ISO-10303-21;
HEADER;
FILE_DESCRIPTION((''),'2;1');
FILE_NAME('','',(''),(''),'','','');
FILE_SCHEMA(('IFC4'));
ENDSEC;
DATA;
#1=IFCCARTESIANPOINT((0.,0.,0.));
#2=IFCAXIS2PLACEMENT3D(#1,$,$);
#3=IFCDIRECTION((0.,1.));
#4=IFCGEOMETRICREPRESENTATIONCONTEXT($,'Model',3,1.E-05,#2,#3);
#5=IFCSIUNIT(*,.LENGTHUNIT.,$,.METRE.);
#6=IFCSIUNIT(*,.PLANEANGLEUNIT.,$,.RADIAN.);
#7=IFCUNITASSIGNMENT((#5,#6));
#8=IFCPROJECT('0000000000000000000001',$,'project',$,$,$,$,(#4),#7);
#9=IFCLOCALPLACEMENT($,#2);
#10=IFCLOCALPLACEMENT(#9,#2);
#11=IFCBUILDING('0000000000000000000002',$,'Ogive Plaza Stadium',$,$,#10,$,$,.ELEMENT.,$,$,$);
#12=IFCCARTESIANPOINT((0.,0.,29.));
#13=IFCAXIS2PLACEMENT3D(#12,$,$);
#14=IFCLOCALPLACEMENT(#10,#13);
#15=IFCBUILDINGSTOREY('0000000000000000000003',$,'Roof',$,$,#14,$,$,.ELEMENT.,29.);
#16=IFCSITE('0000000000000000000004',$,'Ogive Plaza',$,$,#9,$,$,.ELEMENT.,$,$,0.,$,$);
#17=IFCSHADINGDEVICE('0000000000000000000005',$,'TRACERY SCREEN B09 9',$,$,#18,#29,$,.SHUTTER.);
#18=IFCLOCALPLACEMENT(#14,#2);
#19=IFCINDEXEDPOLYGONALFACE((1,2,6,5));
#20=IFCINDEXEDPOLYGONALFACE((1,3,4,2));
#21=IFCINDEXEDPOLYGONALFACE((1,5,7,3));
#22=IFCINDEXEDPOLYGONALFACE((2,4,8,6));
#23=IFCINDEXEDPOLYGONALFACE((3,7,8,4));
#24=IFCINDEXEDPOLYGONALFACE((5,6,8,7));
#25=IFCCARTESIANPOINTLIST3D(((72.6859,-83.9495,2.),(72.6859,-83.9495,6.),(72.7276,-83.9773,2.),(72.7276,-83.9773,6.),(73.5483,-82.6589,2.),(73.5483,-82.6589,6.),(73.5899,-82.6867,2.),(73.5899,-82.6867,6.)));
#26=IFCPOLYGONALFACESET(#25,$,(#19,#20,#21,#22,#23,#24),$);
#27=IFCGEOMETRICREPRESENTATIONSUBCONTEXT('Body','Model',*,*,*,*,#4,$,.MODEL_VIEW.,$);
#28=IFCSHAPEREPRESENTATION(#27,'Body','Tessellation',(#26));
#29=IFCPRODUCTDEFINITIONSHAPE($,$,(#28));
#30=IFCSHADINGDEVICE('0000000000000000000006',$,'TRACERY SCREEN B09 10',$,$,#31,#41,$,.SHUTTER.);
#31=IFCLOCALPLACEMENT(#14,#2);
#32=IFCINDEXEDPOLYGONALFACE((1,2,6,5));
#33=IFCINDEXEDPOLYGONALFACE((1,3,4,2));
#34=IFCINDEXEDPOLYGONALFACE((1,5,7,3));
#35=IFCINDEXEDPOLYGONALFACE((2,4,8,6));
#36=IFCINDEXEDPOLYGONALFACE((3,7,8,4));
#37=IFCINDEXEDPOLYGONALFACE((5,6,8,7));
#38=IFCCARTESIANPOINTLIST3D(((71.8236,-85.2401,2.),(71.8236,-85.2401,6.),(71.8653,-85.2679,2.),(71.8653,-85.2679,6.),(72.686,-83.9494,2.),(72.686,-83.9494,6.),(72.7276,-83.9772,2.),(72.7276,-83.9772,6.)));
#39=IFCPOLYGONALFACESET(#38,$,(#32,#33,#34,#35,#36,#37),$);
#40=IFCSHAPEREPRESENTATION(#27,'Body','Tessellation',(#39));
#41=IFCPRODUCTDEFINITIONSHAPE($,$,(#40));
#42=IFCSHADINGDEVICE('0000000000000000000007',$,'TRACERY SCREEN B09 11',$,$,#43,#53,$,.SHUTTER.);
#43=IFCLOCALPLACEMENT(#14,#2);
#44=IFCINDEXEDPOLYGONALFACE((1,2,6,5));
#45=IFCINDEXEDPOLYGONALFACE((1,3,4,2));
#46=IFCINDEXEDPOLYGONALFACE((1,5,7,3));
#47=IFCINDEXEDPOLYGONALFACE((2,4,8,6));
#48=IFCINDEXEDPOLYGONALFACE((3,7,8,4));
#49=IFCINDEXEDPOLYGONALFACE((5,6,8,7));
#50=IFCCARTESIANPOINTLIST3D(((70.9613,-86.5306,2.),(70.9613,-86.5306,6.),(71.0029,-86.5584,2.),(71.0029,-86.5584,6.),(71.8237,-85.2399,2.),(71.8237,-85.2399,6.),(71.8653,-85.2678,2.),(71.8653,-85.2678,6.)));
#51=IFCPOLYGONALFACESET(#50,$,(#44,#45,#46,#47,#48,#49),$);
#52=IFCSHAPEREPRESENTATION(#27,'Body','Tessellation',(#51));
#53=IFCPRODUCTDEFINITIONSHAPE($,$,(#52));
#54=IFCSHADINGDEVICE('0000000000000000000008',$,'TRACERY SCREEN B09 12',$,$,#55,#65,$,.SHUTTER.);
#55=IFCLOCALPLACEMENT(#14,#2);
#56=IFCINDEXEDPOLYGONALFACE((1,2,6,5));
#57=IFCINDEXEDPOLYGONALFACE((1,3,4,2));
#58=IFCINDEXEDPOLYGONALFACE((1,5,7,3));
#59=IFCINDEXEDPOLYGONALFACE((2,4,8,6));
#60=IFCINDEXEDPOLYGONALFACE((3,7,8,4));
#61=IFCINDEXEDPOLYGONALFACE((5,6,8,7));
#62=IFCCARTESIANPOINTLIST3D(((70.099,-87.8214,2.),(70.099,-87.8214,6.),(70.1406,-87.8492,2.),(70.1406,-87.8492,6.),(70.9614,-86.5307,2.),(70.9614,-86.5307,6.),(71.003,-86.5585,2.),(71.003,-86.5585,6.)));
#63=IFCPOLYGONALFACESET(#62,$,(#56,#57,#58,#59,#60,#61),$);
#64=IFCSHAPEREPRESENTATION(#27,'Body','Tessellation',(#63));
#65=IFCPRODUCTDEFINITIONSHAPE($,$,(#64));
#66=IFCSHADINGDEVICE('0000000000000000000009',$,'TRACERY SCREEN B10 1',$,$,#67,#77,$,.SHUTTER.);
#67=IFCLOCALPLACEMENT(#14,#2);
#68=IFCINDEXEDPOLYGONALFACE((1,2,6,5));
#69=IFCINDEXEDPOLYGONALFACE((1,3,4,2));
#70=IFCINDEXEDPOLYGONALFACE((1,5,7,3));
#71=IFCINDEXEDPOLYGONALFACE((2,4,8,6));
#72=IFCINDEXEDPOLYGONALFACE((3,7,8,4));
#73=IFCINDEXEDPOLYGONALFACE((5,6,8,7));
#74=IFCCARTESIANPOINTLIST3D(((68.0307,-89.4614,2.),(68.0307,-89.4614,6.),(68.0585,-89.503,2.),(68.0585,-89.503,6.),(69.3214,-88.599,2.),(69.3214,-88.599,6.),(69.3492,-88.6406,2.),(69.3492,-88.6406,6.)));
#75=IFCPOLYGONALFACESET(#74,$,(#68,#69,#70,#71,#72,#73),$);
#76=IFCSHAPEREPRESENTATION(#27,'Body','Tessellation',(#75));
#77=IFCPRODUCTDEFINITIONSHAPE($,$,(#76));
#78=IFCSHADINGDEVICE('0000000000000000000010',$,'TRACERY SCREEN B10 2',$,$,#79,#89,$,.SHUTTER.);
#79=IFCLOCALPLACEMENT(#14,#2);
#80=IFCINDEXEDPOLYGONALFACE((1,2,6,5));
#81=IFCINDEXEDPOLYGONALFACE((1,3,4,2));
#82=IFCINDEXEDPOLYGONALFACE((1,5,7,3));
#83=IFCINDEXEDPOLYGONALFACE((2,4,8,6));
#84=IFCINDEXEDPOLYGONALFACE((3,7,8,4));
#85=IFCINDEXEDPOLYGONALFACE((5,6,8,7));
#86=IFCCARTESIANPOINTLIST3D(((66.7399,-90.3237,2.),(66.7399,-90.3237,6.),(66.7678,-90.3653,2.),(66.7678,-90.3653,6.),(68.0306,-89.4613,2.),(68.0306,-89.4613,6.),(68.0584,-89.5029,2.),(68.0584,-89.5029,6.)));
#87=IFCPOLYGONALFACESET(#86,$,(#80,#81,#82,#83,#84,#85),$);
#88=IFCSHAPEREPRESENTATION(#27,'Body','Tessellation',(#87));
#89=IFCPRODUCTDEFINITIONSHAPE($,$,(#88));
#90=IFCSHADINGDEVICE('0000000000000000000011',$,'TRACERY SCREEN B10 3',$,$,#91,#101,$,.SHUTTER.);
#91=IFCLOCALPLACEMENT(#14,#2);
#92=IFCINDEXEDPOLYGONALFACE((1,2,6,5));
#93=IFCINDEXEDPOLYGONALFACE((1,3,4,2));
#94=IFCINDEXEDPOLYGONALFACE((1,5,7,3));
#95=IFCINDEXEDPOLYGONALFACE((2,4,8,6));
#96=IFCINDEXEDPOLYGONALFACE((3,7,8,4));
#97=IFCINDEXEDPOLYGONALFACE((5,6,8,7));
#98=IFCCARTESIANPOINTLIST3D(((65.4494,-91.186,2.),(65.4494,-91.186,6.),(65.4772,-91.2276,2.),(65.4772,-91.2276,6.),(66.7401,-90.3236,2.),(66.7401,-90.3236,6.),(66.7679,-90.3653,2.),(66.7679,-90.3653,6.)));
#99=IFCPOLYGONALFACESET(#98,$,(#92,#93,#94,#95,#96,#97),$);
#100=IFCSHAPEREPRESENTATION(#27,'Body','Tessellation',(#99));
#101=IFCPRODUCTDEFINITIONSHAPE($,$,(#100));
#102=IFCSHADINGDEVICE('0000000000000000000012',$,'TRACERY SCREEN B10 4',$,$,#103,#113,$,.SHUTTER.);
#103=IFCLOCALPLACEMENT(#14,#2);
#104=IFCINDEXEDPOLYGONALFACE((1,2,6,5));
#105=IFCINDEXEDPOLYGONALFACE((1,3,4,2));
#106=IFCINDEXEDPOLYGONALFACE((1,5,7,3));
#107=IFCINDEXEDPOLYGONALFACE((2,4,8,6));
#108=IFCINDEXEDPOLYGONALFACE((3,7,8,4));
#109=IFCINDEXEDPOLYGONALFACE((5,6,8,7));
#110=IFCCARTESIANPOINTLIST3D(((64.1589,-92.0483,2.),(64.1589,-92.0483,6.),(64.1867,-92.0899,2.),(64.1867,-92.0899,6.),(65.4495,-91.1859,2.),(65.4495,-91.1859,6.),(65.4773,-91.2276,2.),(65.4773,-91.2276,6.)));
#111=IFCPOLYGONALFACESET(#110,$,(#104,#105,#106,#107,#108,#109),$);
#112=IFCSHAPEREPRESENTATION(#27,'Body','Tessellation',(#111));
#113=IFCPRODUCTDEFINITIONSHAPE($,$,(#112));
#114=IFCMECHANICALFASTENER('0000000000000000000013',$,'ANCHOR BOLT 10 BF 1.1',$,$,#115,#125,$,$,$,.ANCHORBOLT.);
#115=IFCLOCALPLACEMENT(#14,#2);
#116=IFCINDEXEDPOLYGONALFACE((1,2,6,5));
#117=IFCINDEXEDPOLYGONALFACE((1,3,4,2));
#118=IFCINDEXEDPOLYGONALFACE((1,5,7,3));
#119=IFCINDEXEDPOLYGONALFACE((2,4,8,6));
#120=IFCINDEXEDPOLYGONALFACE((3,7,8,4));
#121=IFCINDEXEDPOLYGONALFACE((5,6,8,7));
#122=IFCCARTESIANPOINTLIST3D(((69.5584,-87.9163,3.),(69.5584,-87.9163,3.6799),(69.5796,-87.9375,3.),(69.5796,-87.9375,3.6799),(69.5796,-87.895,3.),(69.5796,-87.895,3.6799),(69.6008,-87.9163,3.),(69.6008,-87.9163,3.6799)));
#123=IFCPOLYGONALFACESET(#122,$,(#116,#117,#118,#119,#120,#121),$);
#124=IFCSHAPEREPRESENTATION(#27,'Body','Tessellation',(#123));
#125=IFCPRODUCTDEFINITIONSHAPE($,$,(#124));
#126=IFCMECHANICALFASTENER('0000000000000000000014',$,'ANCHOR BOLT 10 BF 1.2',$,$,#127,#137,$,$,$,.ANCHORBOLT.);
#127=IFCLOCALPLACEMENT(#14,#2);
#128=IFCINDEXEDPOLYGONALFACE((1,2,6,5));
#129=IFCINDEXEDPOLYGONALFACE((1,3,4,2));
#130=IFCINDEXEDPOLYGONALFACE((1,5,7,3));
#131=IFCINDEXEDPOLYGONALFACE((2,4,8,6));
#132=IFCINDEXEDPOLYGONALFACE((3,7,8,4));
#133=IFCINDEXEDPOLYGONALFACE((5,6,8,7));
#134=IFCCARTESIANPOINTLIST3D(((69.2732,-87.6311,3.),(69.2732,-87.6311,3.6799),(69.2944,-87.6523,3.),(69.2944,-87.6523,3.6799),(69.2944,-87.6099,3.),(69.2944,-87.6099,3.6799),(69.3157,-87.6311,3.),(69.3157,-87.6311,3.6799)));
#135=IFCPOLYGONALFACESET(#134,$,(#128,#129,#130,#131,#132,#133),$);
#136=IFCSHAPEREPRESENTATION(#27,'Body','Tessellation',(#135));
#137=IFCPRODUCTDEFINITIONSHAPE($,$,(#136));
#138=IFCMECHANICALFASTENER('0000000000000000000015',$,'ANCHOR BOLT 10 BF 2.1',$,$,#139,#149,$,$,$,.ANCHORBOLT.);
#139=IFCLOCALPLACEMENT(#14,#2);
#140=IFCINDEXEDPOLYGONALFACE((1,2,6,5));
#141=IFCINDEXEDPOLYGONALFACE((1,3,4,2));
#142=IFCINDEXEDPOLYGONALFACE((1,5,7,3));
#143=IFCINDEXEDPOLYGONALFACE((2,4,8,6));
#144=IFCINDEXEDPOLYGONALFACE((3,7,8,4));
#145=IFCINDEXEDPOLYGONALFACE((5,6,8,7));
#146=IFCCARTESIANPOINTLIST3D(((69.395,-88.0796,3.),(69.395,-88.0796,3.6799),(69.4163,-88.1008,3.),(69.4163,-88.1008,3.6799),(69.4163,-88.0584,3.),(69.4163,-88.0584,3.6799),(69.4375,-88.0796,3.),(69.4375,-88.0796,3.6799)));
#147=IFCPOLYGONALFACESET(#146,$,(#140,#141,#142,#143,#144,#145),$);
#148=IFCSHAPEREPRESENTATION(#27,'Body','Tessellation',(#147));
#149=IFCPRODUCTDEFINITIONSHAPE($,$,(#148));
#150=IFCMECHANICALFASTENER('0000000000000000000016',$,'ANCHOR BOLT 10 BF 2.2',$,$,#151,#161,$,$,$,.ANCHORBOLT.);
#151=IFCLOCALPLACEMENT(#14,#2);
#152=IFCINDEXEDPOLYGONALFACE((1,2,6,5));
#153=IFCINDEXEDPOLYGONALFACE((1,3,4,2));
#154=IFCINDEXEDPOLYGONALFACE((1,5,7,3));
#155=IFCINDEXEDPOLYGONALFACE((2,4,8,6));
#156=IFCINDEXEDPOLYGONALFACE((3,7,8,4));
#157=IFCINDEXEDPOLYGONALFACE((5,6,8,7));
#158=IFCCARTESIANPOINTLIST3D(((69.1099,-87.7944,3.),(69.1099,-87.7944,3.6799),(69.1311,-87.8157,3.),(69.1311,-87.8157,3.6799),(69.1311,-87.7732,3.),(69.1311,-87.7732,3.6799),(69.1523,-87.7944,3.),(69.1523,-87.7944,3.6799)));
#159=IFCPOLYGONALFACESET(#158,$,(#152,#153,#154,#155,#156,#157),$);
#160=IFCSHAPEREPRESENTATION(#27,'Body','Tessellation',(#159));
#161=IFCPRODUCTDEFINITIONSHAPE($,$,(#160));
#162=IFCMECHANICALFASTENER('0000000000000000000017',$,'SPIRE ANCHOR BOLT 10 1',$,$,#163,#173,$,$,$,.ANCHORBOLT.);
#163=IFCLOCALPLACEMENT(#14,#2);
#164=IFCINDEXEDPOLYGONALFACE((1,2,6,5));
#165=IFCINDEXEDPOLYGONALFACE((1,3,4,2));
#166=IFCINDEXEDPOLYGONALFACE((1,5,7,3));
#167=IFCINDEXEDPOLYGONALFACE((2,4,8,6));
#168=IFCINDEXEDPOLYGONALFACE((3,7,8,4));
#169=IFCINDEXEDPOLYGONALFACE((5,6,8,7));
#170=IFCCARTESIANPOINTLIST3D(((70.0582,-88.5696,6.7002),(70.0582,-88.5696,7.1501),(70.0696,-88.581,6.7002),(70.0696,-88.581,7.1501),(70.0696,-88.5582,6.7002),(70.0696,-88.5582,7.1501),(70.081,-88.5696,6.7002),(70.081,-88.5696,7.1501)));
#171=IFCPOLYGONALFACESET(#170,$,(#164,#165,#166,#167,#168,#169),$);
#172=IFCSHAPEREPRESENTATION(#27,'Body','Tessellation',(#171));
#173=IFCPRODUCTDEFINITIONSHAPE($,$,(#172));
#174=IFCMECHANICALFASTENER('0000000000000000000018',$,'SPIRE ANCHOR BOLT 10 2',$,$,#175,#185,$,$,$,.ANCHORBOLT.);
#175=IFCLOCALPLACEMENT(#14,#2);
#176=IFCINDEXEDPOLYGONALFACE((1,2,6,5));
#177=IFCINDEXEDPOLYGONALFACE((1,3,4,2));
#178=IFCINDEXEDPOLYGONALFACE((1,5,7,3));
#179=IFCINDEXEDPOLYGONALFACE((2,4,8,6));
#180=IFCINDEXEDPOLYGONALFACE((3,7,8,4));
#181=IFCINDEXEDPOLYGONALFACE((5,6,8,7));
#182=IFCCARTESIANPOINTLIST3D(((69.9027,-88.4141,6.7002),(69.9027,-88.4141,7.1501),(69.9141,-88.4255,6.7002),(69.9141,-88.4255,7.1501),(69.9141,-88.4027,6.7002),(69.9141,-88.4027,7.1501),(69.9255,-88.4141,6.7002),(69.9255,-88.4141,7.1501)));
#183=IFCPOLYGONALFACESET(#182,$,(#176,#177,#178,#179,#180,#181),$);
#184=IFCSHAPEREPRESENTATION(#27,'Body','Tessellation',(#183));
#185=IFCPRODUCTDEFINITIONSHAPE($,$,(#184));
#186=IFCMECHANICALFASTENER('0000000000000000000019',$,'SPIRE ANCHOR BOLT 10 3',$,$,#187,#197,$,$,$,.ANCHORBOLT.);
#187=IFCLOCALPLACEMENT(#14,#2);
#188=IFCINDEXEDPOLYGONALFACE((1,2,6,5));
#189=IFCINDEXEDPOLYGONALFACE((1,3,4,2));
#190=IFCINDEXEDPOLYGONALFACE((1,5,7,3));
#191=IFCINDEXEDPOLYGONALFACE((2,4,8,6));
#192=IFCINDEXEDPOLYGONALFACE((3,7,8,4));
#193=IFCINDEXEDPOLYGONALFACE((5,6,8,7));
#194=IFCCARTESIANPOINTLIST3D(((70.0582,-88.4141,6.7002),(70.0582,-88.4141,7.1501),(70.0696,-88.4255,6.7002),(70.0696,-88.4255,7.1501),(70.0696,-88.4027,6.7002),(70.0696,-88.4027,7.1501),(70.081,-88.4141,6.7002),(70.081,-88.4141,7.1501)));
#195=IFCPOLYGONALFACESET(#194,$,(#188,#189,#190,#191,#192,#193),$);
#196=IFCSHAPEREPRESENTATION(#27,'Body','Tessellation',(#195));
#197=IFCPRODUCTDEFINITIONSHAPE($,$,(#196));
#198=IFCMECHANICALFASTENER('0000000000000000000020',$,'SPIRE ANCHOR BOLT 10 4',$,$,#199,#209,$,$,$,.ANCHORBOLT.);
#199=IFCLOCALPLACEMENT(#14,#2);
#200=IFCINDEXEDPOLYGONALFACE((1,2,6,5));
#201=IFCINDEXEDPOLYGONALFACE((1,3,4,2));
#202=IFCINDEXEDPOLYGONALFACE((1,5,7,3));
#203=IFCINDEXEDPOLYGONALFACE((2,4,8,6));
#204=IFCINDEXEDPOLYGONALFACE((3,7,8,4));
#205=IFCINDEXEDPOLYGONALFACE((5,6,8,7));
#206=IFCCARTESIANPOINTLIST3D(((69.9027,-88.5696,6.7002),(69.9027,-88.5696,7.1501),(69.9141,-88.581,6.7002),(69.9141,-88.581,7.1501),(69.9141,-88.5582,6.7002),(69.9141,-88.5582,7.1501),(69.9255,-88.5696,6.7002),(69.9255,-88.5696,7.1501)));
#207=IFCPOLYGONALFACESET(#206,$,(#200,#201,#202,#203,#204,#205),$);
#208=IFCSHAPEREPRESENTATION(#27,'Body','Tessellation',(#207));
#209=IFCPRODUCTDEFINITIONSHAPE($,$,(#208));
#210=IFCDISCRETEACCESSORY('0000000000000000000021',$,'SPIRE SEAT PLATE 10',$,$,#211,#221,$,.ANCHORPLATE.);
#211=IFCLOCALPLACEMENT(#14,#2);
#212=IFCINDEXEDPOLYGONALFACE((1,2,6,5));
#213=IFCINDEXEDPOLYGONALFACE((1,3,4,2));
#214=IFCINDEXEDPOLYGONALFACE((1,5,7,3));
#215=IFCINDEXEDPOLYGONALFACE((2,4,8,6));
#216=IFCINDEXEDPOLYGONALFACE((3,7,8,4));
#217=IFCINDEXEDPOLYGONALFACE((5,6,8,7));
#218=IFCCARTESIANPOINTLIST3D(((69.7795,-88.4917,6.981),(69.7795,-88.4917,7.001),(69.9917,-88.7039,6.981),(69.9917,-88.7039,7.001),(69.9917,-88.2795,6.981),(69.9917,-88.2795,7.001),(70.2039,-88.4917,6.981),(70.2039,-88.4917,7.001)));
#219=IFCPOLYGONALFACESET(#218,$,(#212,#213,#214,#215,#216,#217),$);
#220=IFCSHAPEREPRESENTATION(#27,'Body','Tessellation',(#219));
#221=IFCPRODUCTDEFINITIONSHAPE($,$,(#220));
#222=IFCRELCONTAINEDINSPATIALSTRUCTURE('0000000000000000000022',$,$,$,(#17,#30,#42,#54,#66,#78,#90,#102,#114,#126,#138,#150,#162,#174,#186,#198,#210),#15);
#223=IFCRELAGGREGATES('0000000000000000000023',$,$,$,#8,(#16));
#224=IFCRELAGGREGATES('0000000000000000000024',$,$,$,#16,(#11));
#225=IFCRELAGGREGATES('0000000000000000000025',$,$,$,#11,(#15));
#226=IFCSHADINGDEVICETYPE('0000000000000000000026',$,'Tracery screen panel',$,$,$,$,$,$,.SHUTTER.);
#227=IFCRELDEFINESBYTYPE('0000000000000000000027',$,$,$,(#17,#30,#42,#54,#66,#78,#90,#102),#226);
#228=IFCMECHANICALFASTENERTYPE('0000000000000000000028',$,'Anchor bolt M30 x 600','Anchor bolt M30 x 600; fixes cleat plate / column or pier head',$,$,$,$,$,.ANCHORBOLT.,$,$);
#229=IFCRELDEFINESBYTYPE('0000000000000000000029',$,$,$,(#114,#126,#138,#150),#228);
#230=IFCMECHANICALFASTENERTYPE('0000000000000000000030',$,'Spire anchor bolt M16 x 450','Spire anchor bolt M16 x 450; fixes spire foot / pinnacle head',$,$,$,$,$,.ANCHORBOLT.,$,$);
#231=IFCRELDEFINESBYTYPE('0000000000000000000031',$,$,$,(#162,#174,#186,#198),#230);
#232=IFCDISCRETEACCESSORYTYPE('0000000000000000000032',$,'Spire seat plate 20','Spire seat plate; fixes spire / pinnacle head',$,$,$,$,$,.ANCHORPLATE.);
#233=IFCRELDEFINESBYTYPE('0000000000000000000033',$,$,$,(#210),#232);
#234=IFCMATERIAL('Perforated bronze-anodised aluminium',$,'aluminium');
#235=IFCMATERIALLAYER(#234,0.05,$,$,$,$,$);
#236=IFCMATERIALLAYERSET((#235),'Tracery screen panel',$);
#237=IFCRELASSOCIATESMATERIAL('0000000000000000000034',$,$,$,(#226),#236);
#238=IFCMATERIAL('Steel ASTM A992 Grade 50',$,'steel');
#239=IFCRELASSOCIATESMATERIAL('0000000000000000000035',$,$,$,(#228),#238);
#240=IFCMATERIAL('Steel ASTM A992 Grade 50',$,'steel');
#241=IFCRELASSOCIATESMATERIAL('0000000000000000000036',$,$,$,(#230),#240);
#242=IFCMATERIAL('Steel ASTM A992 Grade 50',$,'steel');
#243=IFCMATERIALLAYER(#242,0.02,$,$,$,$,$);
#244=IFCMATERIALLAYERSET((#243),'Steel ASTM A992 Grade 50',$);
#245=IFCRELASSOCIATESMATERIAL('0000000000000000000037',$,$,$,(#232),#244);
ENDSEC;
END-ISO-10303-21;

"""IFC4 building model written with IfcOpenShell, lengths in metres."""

from ifc_helpers import new_model, si_unit, direction, frame, origin, origin_2d, place, context, subcontext, project, spatial, rectangle, extrude, material, layer, layer_set, type_object, element, save


model = new_model("IFC4")

# Units and contexts
model_context = context("Model", 3, precision=1e-05, world=origin(), true_north=direction((0.0, 1.0)))
body_context = subcontext(model_context, "Body", "Model", "MODEL_VIEW")
ifc_project = project(units=[si_unit("LENGTHUNIT", "METRE"), si_unit("PLANEANGLEUNIT", "RADIAN")], contexts=[model_context])

# Site, building, storey
site_placement = place(None, origin())
site = spatial("IfcSite", under=ifc_project, at=site_placement, Name="Ogive Plaza", CompositionType="ELEMENT", RefElevation=0.0)
building_placement = place(site_placement, origin())
building = spatial("IfcBuilding", under=site, at=building_placement, Name="Ogive Plaza Stadium", CompositionType="ELEMENT")
storey_placement = place(building_placement, frame((0.0, 0.0, 29.0)))
storey = spatial("IfcBuildingStorey", under=building, at=storey_placement, Name="Roof", CompositionType="ELEMENT", Elevation=29.0)

# Shading devices
ifc_material_1 = material(Name="Perforated bronze-anodised aluminium", Category="aluminium")
ifc_layer_1 = layer(ifc_material_1, 0.05)
ifc_layer_set_1 = layer_set([ifc_layer_1], Name="Tracery screen panel")
shading_device_type = type_object("IfcShadingDeviceType", Name="Tracery screen panel", PredefinedType="SHUTTER", material=ifc_layer_set_1)
for number, where, z_axis, x_axis, name in (
    (1, (73.1379, -83.3181, 2.0), (0.0, 0.0, 1.0), (-0.55557, -0.83147, 0.0), "TRACERY SCREEN B09 9"),
    (2, (72.2756, -84.6086, 2.0), (0.0, 0.0, 1.0), (-0.55557, -0.83147, 0.0), "TRACERY SCREEN B09 10"),
    (3, (71.4133, -85.8992, 2.0), (0.0, 0.0, 1.0), (-0.55557, -0.83147, 0.0), "TRACERY SCREEN B09 11"),
    (4, (70.551, -87.1899, 2.0), (0.0, 0.0, 1.0), (-0.55557, -0.83147, 0.0), "TRACERY SCREEN B09 12"),
    (5, (68.6899, -89.051, 2.0), (0.0, 0.0, 1.0), (-0.83147, -0.55557, 0.0), "TRACERY SCREEN B10 1"),
    (6, (67.3992, -89.9133, 2.0), (0.0, 0.0, 1.0), (-0.83147, -0.55557, 0.0), "TRACERY SCREEN B10 2"),
    (7, (66.1086, -90.7756, 2.0), (0.0, 0.0, 1.0), (-0.83147, -0.55557, 0.0), "TRACERY SCREEN B10 3"),
    (8, (64.8181, -91.6379, 2.0), (0.0, 0.0, 1.0), (-0.83147, -0.55557, 0.0), "TRACERY SCREEN B10 4"),
):
    element("IfcShadingDevice", number, at=place(storey_placement, frame(where, z_axis=z_axis, x_axis=x_axis)), inside=storey, type_object=shading_device_type, Name=name, PredefinedType="SHUTTER", context=body_context, shape_type="SweptSolid", body=[
        extrude(rectangle(XDim=1.5522, YDim=0.05, at=origin_2d()), origin(), (0.0, 0.0, 1.0), 4.0),
    ])

# Mechanical fasteners
ifc_material_2 = material(Name="Steel ASTM A992 Grade 50", Category="steel")
mechanical_fastener_type_1 = type_object("IfcMechanicalFastenerType", Name="Anchor bolt M30 x 600", Description="Anchor bolt M30 x 600; fixes cleat plate / column or pier head", PredefinedType="ANCHORBOLT", material=ifc_material_2)
for number, where, z_axis, x_axis, name in (
    (9, (69.5796, -87.9163, 3.0), (0.0, 0.0, 1.0), (0.707107, -0.707107, 0.0), "ANCHOR BOLT 10 BF 1.1"),
    (10, (69.2944, -87.6311, 3.0), (0.0, 0.0, 1.0), (0.707107, -0.707107, 0.0), "ANCHOR BOLT 10 BF 1.2"),
    (11, (69.4163, -88.0796, 3.0), (0.0, 0.0, 1.0), (0.707107, -0.707107, 0.0), "ANCHOR BOLT 10 BF 2.1"),
    (12, (69.1311, -87.7944, 3.0), (0.0, 0.0, 1.0), (0.707107, -0.707107, 0.0), "ANCHOR BOLT 10 BF 2.2"),
):
    element("IfcMechanicalFastener", number, at=place(storey_placement, frame(where, z_axis=z_axis, x_axis=x_axis)), inside=storey, type_object=mechanical_fastener_type_1, Name=name, PredefinedType="ANCHORBOLT", context=body_context, shape_type="SweptSolid", body=[
        extrude(rectangle(XDim=0.03, YDim=0.03, at=origin_2d()), origin(), (0.0, 0.0, 1.0), 0.6799),
    ])
ifc_material_3 = material(Name="Steel ASTM A992 Grade 50", Category="steel")
mechanical_fastener_type_2 = type_object("IfcMechanicalFastenerType", Name="Spire anchor bolt M16 x 450", Description="Spire anchor bolt M16 x 450; fixes spire foot / pinnacle head", PredefinedType="ANCHORBOLT", material=ifc_material_3)
for number, where, z_axis, x_axis, name in (
    (13, (70.0696, -88.5696, 6.7002), (0.0, 0.0, 1.0), (0.707107, -0.707107, 0.0), "SPIRE ANCHOR BOLT 10 1"),
    (14, (69.9141, -88.4141, 6.7002), (0.0, 0.0, 1.0), (0.707107, -0.707107, 0.0), "SPIRE ANCHOR BOLT 10 2"),
    (15, (70.0696, -88.4141, 6.7002), (0.0, 0.0, 1.0), (0.707107, -0.707107, 0.0), "SPIRE ANCHOR BOLT 10 3"),
    (16, (69.9141, -88.5696, 6.7002), (0.0, 0.0, 1.0), (0.707107, -0.707107, 0.0), "SPIRE ANCHOR BOLT 10 4"),
):
    element("IfcMechanicalFastener", number, at=place(storey_placement, frame(where, z_axis=z_axis, x_axis=x_axis)), inside=storey, type_object=mechanical_fastener_type_2, Name=name, PredefinedType="ANCHORBOLT", context=body_context, shape_type="SweptSolid", body=[
        extrude(rectangle(XDim=0.0161, YDim=0.0161, at=origin_2d()), origin(), (0.0, 0.0, 1.0), 0.45),
    ])

# Discrete accessory
ifc_material_4 = material(Name="Steel ASTM A992 Grade 50", Category="steel")
ifc_layer_2 = layer(ifc_material_4, 0.02)
ifc_layer_set_2 = layer_set([ifc_layer_2], Name="Steel ASTM A992 Grade 50")
discrete_accessory_type_1 = type_object("IfcDiscreteAccessoryType", Name="Spire seat plate 20", Description="Spire seat plate; fixes spire / pinnacle head", PredefinedType="ANCHORPLATE", material=ifc_layer_set_2)
discrete_accessory_placement = place(storey_placement, frame((69.9917, -88.4917, 6.981), z_axis=(0.0, 0.0, 1.0), x_axis=(0.707107, -0.707107, 0.0)))
element("IfcDiscreteAccessory", 17, at=discrete_accessory_placement, inside=storey, type_object=discrete_accessory_type_1, Name="SPIRE SEAT PLATE 10", PredefinedType="ANCHORPLATE", context=body_context, shape_type="SweptSolid", body=[
    extrude(rectangle(XDim=0.3, YDim=0.3, at=origin_2d()), origin(), (0.0, 0.0, 1.0), 0.02),
])

save(model, "model.ifc")
